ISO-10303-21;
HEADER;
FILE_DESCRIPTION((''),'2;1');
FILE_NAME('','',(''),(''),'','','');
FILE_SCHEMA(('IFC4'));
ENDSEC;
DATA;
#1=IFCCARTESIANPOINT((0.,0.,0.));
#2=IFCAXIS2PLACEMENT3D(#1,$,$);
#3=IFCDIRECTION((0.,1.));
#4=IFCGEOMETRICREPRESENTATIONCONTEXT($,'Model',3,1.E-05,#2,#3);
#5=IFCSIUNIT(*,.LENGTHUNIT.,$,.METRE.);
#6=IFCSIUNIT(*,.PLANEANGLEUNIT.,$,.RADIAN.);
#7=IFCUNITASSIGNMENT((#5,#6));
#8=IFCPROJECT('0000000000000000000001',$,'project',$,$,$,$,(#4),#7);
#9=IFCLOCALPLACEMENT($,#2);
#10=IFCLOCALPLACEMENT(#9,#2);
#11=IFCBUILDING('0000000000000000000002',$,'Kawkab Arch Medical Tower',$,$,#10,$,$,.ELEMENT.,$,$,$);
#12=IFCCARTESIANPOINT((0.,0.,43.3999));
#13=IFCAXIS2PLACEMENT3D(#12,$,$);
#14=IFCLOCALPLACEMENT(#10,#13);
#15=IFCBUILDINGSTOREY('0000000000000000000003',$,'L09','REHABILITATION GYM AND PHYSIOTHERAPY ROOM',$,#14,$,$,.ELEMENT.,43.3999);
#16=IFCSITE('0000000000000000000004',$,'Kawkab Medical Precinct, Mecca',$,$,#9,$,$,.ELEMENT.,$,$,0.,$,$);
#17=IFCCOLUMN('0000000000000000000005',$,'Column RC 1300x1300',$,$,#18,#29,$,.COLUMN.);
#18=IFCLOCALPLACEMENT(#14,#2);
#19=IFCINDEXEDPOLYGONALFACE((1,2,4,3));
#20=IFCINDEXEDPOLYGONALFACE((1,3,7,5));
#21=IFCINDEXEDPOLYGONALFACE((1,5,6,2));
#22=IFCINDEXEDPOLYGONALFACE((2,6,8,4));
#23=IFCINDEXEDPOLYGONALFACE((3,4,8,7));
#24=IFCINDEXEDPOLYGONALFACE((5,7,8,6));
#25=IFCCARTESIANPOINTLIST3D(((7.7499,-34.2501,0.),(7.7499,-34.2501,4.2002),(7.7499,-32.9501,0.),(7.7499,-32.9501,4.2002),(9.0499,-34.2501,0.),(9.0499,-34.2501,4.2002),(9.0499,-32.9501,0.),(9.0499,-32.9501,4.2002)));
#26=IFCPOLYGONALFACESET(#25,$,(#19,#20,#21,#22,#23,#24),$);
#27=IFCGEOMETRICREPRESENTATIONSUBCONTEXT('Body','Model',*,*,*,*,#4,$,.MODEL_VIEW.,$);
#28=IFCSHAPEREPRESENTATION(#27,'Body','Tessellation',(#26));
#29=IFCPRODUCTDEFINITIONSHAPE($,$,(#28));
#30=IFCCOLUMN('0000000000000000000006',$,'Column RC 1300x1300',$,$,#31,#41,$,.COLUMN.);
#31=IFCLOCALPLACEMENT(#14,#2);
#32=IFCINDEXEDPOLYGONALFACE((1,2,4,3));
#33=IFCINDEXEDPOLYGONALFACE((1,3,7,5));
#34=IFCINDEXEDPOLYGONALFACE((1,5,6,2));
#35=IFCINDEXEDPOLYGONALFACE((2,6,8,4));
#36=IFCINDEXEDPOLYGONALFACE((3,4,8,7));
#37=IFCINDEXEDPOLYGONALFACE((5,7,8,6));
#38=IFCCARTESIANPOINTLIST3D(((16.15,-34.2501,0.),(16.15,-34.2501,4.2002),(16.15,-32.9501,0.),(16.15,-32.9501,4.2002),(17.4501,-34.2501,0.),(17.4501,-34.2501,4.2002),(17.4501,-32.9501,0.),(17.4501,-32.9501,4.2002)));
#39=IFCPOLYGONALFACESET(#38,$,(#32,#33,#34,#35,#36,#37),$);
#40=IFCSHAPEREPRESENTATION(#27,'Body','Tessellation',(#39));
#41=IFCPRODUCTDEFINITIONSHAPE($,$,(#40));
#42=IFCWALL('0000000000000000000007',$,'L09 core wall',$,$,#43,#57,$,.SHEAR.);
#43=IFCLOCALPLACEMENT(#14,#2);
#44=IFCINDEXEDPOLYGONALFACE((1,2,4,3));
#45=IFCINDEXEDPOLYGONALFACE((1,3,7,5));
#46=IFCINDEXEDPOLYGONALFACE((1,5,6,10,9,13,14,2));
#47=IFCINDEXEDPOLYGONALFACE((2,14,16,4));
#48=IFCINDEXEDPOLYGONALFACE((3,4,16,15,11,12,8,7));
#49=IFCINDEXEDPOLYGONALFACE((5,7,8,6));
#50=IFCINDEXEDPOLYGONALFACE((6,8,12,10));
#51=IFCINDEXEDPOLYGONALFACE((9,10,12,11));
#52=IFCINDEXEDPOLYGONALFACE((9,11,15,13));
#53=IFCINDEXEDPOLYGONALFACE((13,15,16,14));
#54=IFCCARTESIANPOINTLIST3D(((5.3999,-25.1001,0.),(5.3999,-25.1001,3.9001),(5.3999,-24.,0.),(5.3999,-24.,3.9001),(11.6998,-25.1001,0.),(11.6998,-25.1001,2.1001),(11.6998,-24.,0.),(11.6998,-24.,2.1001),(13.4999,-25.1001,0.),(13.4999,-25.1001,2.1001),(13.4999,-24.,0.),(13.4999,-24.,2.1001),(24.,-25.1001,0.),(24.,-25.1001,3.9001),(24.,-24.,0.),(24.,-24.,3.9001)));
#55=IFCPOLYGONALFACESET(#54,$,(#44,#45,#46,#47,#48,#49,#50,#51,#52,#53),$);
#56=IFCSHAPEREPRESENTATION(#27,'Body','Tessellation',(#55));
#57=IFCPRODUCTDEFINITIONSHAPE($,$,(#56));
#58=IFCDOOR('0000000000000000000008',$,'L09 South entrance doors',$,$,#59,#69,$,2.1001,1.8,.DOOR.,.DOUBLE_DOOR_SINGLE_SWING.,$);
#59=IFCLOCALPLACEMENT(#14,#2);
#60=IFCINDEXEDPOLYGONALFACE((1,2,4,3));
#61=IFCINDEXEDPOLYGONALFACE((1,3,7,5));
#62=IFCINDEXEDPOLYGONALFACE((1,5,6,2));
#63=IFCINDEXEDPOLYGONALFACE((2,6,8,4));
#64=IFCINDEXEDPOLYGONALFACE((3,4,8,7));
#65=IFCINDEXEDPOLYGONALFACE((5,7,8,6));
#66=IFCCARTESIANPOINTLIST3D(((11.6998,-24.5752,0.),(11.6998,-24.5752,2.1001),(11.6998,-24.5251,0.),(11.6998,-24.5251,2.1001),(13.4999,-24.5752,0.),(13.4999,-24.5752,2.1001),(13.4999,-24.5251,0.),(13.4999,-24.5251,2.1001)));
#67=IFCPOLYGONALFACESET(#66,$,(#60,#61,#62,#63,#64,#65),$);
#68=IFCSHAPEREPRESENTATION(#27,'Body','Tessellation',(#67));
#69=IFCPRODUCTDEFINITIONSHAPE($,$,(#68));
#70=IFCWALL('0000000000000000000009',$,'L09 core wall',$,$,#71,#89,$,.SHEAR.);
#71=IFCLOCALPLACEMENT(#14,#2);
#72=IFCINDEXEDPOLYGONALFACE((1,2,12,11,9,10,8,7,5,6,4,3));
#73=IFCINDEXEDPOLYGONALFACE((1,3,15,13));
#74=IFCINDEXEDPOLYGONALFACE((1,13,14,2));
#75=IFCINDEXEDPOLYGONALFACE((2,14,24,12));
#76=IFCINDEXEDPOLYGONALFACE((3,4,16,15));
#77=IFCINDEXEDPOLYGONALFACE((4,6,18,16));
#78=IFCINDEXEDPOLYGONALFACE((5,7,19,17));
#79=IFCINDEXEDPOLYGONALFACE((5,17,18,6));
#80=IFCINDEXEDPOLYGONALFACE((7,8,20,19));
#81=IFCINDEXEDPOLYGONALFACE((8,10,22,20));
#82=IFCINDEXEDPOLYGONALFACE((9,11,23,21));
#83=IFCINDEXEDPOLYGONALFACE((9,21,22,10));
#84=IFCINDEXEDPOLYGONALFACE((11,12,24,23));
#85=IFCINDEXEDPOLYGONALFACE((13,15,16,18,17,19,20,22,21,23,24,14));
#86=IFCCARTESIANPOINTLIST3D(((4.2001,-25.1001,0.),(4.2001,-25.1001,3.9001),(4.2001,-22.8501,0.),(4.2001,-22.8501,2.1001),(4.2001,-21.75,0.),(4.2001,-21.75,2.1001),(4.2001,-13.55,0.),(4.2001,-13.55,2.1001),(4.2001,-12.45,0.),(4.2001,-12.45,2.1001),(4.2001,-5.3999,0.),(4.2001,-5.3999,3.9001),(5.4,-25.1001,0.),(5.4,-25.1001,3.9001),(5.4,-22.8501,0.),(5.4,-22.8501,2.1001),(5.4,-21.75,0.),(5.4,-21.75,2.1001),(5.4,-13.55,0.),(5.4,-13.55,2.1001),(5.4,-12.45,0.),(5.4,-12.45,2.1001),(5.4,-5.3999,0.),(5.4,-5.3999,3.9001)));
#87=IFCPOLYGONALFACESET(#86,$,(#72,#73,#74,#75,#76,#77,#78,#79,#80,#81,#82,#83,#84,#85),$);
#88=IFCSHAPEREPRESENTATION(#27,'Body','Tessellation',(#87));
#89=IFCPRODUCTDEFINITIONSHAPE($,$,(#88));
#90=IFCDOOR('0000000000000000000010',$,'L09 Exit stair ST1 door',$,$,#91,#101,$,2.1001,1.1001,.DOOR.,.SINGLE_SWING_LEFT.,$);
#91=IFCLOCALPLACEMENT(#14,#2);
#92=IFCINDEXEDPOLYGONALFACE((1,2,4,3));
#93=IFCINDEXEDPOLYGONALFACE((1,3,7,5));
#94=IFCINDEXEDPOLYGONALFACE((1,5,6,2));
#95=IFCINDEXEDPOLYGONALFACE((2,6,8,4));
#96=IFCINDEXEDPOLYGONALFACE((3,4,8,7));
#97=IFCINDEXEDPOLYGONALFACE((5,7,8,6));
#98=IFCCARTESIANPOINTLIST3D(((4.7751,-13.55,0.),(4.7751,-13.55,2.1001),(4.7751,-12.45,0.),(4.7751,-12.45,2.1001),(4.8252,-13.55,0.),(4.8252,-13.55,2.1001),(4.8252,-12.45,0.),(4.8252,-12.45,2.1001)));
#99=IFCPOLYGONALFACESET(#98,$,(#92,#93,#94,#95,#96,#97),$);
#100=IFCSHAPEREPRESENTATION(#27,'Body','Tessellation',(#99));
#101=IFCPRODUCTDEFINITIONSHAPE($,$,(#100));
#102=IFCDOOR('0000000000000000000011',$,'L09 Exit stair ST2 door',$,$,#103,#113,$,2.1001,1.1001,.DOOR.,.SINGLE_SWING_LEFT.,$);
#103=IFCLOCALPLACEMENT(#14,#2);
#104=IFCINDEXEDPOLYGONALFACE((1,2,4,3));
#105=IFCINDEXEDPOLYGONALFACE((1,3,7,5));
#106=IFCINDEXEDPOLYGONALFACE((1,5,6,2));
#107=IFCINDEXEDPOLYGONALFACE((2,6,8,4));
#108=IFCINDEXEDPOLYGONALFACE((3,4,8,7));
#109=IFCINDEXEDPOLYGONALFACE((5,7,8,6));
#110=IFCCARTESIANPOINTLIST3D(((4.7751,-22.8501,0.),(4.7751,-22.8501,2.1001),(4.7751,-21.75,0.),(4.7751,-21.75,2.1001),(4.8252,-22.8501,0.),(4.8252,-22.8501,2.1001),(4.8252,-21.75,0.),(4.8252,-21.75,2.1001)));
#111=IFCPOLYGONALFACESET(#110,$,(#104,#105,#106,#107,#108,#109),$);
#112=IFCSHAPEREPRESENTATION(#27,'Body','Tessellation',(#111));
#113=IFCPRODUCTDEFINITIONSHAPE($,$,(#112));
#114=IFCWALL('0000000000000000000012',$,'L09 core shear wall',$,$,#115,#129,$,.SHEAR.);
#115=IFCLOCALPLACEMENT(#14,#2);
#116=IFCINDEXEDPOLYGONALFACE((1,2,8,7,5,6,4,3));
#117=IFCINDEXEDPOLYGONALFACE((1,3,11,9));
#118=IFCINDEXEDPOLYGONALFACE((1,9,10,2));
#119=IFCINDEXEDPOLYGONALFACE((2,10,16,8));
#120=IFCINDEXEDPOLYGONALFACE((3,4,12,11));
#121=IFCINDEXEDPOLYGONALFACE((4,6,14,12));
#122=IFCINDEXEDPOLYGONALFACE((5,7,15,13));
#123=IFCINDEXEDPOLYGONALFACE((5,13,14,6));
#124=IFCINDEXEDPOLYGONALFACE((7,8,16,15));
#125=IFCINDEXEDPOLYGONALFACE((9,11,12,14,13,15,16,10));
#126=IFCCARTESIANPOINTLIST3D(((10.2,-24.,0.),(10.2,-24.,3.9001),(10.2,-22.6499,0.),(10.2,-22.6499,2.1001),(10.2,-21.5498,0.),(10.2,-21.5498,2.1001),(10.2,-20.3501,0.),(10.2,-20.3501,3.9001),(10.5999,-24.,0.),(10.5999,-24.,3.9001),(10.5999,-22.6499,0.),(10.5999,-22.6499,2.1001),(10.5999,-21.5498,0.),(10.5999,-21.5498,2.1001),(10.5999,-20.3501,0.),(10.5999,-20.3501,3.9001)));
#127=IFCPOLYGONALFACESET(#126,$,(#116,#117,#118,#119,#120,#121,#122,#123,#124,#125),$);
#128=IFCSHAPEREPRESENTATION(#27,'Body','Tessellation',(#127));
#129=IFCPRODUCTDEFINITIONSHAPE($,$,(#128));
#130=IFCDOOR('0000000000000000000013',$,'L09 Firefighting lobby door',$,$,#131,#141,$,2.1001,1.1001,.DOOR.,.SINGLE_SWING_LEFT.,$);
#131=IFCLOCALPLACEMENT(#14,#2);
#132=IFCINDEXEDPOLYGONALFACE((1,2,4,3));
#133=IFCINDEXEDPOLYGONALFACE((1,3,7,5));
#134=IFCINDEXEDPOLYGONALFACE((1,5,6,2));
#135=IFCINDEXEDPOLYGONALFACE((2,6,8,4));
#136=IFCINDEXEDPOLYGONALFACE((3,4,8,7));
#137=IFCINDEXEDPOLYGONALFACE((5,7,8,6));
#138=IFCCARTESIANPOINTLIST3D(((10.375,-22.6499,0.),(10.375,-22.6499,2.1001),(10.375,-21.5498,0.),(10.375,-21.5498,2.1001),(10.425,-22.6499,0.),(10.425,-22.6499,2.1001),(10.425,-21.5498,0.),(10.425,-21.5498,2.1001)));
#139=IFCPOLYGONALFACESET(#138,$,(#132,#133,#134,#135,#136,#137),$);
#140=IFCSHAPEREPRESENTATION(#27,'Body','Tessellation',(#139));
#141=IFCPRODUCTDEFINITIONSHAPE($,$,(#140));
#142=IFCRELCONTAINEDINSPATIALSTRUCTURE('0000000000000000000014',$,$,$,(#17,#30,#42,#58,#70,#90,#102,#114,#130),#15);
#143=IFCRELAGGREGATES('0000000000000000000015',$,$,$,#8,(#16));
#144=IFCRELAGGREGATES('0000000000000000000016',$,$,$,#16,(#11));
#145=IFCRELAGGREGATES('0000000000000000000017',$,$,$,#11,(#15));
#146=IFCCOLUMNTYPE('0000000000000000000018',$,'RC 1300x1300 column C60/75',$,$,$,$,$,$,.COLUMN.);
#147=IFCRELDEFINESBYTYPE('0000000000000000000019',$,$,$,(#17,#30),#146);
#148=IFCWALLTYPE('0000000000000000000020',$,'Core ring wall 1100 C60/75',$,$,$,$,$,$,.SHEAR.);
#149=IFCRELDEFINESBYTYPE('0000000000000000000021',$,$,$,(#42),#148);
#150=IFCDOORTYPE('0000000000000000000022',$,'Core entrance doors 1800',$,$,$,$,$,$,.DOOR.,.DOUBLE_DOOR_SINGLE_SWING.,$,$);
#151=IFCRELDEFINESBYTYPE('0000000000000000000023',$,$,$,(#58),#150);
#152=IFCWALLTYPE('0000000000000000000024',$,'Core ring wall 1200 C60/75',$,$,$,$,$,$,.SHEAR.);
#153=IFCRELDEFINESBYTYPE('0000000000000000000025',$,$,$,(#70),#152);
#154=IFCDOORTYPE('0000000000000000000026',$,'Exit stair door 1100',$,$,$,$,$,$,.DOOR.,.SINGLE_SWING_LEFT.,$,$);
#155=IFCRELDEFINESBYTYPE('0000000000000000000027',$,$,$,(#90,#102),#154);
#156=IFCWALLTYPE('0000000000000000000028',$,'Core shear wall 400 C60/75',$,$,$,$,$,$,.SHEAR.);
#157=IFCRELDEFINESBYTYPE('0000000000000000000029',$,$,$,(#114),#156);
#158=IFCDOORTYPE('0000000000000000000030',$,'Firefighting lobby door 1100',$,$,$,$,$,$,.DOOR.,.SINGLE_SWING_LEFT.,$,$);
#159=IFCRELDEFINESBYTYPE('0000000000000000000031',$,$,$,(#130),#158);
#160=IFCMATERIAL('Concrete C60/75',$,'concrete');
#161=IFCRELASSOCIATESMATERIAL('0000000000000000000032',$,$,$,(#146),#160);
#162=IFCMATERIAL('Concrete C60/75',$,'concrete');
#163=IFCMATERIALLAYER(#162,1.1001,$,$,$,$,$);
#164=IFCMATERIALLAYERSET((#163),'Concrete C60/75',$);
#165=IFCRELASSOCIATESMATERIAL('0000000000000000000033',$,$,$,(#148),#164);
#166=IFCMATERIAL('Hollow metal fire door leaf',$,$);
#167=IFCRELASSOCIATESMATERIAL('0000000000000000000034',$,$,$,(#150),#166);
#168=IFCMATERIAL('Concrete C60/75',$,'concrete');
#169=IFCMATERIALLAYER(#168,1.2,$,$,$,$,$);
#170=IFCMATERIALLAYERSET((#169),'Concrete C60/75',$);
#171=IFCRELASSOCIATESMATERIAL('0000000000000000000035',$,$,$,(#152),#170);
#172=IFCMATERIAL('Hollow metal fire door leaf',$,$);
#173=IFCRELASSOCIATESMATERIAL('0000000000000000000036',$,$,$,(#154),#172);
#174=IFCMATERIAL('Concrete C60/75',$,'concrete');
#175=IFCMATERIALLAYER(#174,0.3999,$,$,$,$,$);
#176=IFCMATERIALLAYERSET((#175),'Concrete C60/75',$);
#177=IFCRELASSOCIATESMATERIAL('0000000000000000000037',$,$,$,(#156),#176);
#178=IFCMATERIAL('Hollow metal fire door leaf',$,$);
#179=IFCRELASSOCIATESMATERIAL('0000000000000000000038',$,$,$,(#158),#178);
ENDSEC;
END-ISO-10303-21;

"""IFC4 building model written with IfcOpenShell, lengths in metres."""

from ifc_helpers import new_model, si_unit, direction, frame, frame_2d, origin, origin_2d, place, context, subcontext, project, spatial, rectangle, extrude, material, layer, layer_set, material_profile, profile_set, type_object, element, fill, save


model = new_model("IFC4")

# Units and contexts
model_context = context("Model", 3, precision=1e-05, world=origin(), true_north=direction((0.0, 1.0)))
body_context = subcontext(model_context, "Body", "Model", "MODEL_VIEW")
ifc_project = project(units=[si_unit("LENGTHUNIT", "METRE"), si_unit("PLANEANGLEUNIT", "RADIAN")], contexts=[model_context])

# Site, building, storey
site_placement = place(None, origin())
site = spatial("IfcSite", under=ifc_project, at=site_placement, Name="Kawkab Medical Precinct, Mecca", CompositionType="ELEMENT", RefElevation=0.0)
building_placement = place(site_placement, origin())
building = spatial("IfcBuilding", under=site, at=building_placement, Name="Kawkab Arch Medical Tower", CompositionType="ELEMENT")
storey_placement = place(building_placement, frame((0.0, 0.0, 43.3999)))
storey = spatial("IfcBuildingStorey", under=building, at=storey_placement, Name="L09", Description="REHABILITATION GYM AND PHYSIOTHERAPY ROOM", CompositionType="ELEMENT", Elevation=43.3999)

# Columns
ifc_material_1 = material(Name="Concrete C60/75", Category="concrete")
ifc_material_profile = material_profile(ifc_material_1, rectangle(XDim=1.3, YDim=1.3, at=origin_2d()), Name="RC 1300x1300")
ifc_profile_set = profile_set([ifc_material_profile], Name="Concrete C60/75")
column_type = type_object("IfcColumnType", Name="RC 1300x1300 column C60/75", PredefinedType="COLUMN", material=ifc_profile_set)
for number, where, z_axis, x_axis, name in (
    (1, (8.3999, -33.6001, 0.0), (0.0, 0.0, 1.0), (1.0, 0.0, 0.0), "Column RC 1300x1300"),
    (2, (16.8, -33.6001, 0.0), (0.0, 0.0, 1.0), (1.0, 0.0, 0.0), "Column RC 1300x1300"),
):
    element("IfcColumn", number, at=place(storey_placement, frame(where, z_axis=z_axis, x_axis=x_axis)), inside=storey, type_object=column_type, Name=name, PredefinedType="COLUMN", context=body_context, shape_type="SweptSolid", body=[
        extrude(rectangle(XDim=1.3, YDim=1.3, at=origin_2d()), origin(), (0.0, 0.0, 1.0), 4.2002),
    ])

# Wall, opening, door
ifc_material_2 = material(Name="Concrete C60/75", Category="concrete")
ifc_layer_1 = layer(ifc_material_2, 1.1001)
ifc_layer_set_1 = layer_set([ifc_layer_1], Name="Concrete C60/75")
wall_type_1 = type_object("IfcWallType", Name="Core ring wall 1100 C60/75", PredefinedType="SHEAR", material=ifc_layer_set_1)
wall_1_placement = place(storey_placement, frame((5.3999, -24.55, 0.0), z_axis=(0.0, 0.0, 1.0), x_axis=(1.0, 0.0, 0.0)))
wall_1 = element("IfcWall", 3, at=wall_1_placement, inside=storey, type_object=wall_type_1, Name="L09 core wall", PredefinedType="SHEAR", context=body_context, shape_type="SweptSolid", body=[
    extrude(rectangle(XDim=18.6001, YDim=1.1001, at=frame_2d((9.3, 0.0))), origin(), (0.0, 0.0, 1.0), 3.9001),
])
opening_1_placement = place(wall_1_placement, frame((6.3, 0.0, 0.0)))
opening_1 = element("IfcOpeningElement", 4, at=opening_1_placement, cuts=wall_1, PredefinedType="OPENING", context=body_context, shape_type="SweptSolid", body=[
    extrude(rectangle(XDim=1.8, YDim=2.1001, at=frame_2d((0.8999, 1.05))), frame((0.0, 0.5601, 0.0), z_axis=(0.0, -1.0, 0.0), x_axis=(1.0, 0.0, 0.0)), (0.0, 0.0, 1.0), 1.1201),
])
ifc_material_3 = material(Name="Hollow metal fire door leaf")
door_type_1 = type_object("IfcDoorType", Name="Core entrance doors 1800", OperationType="DOUBLE_DOOR_SINGLE_SWING", PredefinedType="DOOR", material=ifc_material_3)
door_1_placement = place(opening_1_placement, origin())
door_1 = element("IfcDoor", 5, at=door_1_placement, inside=storey, type_object=door_type_1, Name="L09 South entrance doors", OperationType="DOUBLE_DOOR_SINGLE_SWING", OverallHeight=2.1001, OverallWidth=1.8, PredefinedType="DOOR", context=body_context, shape_type="SweptSolid", body=[
    extrude(rectangle(XDim=1.8, YDim=2.1001, at=frame_2d((0.8999, 1.05))), frame((0.0, 0.0249, 0.0), z_axis=(0.0, -1.0, 0.0), x_axis=(1.0, 0.0, 0.0)), (0.0, 0.0, 1.0), 0.05),
])
fill(opening_1, door_1)

# Wall, openings, doors
ifc_material_4 = material(Name="Concrete C60/75", Category="concrete")
ifc_layer_2 = layer(ifc_material_4, 1.2)
ifc_layer_set_2 = layer_set([ifc_layer_2], Name="Concrete C60/75")
wall_type_2 = type_object("IfcWallType", Name="Core ring wall 1200 C60/75", PredefinedType="SHEAR", material=ifc_layer_set_2)
wall_2_placement = place(storey_placement, frame((4.8, -25.1001, 0.0), z_axis=(0.0, 0.0, 1.0), x_axis=(0.0, 1.0, 0.0)))
wall_2 = element("IfcWall", 6, at=wall_2_placement, inside=storey, type_object=wall_type_2, Name="L09 core wall", PredefinedType="SHEAR", context=body_context, shape_type="SweptSolid", body=[
    extrude(rectangle(XDim=19.7002, YDim=1.2, at=frame_2d((9.8501, 0.0))), origin(), (0.0, 0.0, 1.0), 3.9001),
])
opening_2_placement = place(wall_2_placement, frame((11.55, 0.0, 0.0)))
opening_2 = element("IfcOpeningElement", 7, at=opening_2_placement, cuts=wall_2, PredefinedType="OPENING", context=body_context, shape_type="SweptSolid", body=[
    extrude(rectangle(XDim=1.1001, YDim=2.1001, at=frame_2d((0.55, 1.05))), frame((0.0, 0.6099, 0.0), z_axis=(0.0, -1.0, 0.0), x_axis=(1.0, 0.0, 0.0)), (0.0, 0.0, 1.0), 1.22),
])
opening_3_placement = place(wall_2_placement, frame((2.25, 0.0, 0.0)))
opening_3 = element("IfcOpeningElement", 8, at=opening_3_placement, cuts=wall_2, PredefinedType="OPENING", context=body_context, shape_type="SweptSolid", body=[
    extrude(rectangle(XDim=1.1001, YDim=2.1001, at=frame_2d((0.55, 1.05))), frame((0.0, 0.6099, 0.0), z_axis=(0.0, -1.0, 0.0), x_axis=(1.0, 0.0, 0.0)), (0.0, 0.0, 1.0), 1.22),
])
ifc_material_5 = material(Name="Hollow metal fire door leaf")
door_type_2 = type_object("IfcDoorType", Name="Exit stair door 1100", OperationType="SINGLE_SWING_LEFT", PredefinedType="DOOR", material=ifc_material_5)
door_2_placement = place(opening_2_placement, origin())
door_2 = element("IfcDoor", 9, at=door_2_placement, inside=storey, type_object=door_type_2, Name="L09 Exit stair ST1 door", OperationType="SINGLE_SWING_LEFT", OverallHeight=2.1001, OverallWidth=1.1001, PredefinedType="DOOR", context=body_context, shape_type="SweptSolid", body=[
    extrude(rectangle(XDim=1.1001, YDim=2.1001, at=frame_2d((0.55, 1.05))), frame((0.0, 0.0249, 0.0), z_axis=(0.0, -1.0, 0.0), x_axis=(1.0, 0.0, 0.0)), (0.0, 0.0, 1.0), 0.05),
])
fill(opening_2, door_2)
door_3_placement = place(opening_3_placement, origin())
door_3 = element("IfcDoor", 10, at=door_3_placement, inside=storey, type_object=door_type_2, Name="L09 Exit stair ST2 door", OperationType="SINGLE_SWING_LEFT", OverallHeight=2.1001, OverallWidth=1.1001, PredefinedType="DOOR", context=body_context, shape_type="SweptSolid", body=[
    extrude(rectangle(XDim=1.1001, YDim=2.1001, at=frame_2d((0.55, 1.05))), frame((0.0, 0.0249, 0.0), z_axis=(0.0, -1.0, 0.0), x_axis=(1.0, 0.0, 0.0)), (0.0, 0.0, 1.0), 0.05),
])
fill(opening_3, door_3)

# Wall, opening, door
ifc_material_6 = material(Name="Concrete C60/75", Category="concrete")
ifc_layer_3 = layer(ifc_material_6, 0.3999)
ifc_layer_set_3 = layer_set([ifc_layer_3], Name="Concrete C60/75")
wall_type_3 = type_object("IfcWallType", Name="Core shear wall 400 C60/75", PredefinedType="SHEAR", material=ifc_layer_set_3)
wall_3_placement = place(storey_placement, frame((10.3999, -24.0, 0.0), z_axis=(0.0, 0.0, 1.0), x_axis=(0.0, 1.0, 0.0)))
wall_3 = element("IfcWall", 11, at=wall_3_placement, inside=storey, type_object=wall_type_3, Name="L09 core shear wall", PredefinedType="SHEAR", context=body_context, shape_type="SweptSolid", body=[
    extrude(rectangle(XDim=3.6499, YDim=0.3999, at=frame_2d((1.825, 0.0))), origin(), (0.0, 0.0, 1.0), 3.9001),
])
opening_4_placement = place(wall_3_placement, frame((1.3501, 0.0, 0.0)))
opening_4 = element("IfcOpeningElement", 12, at=opening_4_placement, cuts=wall_3, PredefinedType="OPENING", context=body_context, shape_type="SweptSolid", body=[
    extrude(rectangle(XDim=1.1001, YDim=2.1001, at=frame_2d((0.55, 1.05))), frame((0.0, 0.21, 0.0), z_axis=(0.0, -1.0, 0.0), x_axis=(1.0, 0.0, 0.0)), (0.0, 0.0, 1.0), 0.4199),
])
ifc_material_7 = material(Name="Hollow metal fire door leaf")
door_type_3 = type_object("IfcDoorType", Name="Firefighting lobby door 1100", OperationType="SINGLE_SWING_LEFT", PredefinedType="DOOR", material=ifc_material_7)
door_4_placement = place(opening_4_placement, origin())
door_4 = element("IfcDoor", 13, at=door_4_placement, inside=storey, type_object=door_type_3, Name="L09 Firefighting lobby door", OperationType="SINGLE_SWING_LEFT", OverallHeight=2.1001, OverallWidth=1.1001, PredefinedType="DOOR", context=body_context, shape_type="SweptSolid", body=[
    extrude(rectangle(XDim=1.1001, YDim=2.1001, at=frame_2d((0.55, 1.05))), frame((0.0, 0.0249, 0.0), z_axis=(0.0, -1.0, 0.0), x_axis=(1.0, 0.0, 0.0)), (0.0, 0.0, 1.0), 0.05),
])
fill(opening_4, door_4)

save(model, "model.ifc")
